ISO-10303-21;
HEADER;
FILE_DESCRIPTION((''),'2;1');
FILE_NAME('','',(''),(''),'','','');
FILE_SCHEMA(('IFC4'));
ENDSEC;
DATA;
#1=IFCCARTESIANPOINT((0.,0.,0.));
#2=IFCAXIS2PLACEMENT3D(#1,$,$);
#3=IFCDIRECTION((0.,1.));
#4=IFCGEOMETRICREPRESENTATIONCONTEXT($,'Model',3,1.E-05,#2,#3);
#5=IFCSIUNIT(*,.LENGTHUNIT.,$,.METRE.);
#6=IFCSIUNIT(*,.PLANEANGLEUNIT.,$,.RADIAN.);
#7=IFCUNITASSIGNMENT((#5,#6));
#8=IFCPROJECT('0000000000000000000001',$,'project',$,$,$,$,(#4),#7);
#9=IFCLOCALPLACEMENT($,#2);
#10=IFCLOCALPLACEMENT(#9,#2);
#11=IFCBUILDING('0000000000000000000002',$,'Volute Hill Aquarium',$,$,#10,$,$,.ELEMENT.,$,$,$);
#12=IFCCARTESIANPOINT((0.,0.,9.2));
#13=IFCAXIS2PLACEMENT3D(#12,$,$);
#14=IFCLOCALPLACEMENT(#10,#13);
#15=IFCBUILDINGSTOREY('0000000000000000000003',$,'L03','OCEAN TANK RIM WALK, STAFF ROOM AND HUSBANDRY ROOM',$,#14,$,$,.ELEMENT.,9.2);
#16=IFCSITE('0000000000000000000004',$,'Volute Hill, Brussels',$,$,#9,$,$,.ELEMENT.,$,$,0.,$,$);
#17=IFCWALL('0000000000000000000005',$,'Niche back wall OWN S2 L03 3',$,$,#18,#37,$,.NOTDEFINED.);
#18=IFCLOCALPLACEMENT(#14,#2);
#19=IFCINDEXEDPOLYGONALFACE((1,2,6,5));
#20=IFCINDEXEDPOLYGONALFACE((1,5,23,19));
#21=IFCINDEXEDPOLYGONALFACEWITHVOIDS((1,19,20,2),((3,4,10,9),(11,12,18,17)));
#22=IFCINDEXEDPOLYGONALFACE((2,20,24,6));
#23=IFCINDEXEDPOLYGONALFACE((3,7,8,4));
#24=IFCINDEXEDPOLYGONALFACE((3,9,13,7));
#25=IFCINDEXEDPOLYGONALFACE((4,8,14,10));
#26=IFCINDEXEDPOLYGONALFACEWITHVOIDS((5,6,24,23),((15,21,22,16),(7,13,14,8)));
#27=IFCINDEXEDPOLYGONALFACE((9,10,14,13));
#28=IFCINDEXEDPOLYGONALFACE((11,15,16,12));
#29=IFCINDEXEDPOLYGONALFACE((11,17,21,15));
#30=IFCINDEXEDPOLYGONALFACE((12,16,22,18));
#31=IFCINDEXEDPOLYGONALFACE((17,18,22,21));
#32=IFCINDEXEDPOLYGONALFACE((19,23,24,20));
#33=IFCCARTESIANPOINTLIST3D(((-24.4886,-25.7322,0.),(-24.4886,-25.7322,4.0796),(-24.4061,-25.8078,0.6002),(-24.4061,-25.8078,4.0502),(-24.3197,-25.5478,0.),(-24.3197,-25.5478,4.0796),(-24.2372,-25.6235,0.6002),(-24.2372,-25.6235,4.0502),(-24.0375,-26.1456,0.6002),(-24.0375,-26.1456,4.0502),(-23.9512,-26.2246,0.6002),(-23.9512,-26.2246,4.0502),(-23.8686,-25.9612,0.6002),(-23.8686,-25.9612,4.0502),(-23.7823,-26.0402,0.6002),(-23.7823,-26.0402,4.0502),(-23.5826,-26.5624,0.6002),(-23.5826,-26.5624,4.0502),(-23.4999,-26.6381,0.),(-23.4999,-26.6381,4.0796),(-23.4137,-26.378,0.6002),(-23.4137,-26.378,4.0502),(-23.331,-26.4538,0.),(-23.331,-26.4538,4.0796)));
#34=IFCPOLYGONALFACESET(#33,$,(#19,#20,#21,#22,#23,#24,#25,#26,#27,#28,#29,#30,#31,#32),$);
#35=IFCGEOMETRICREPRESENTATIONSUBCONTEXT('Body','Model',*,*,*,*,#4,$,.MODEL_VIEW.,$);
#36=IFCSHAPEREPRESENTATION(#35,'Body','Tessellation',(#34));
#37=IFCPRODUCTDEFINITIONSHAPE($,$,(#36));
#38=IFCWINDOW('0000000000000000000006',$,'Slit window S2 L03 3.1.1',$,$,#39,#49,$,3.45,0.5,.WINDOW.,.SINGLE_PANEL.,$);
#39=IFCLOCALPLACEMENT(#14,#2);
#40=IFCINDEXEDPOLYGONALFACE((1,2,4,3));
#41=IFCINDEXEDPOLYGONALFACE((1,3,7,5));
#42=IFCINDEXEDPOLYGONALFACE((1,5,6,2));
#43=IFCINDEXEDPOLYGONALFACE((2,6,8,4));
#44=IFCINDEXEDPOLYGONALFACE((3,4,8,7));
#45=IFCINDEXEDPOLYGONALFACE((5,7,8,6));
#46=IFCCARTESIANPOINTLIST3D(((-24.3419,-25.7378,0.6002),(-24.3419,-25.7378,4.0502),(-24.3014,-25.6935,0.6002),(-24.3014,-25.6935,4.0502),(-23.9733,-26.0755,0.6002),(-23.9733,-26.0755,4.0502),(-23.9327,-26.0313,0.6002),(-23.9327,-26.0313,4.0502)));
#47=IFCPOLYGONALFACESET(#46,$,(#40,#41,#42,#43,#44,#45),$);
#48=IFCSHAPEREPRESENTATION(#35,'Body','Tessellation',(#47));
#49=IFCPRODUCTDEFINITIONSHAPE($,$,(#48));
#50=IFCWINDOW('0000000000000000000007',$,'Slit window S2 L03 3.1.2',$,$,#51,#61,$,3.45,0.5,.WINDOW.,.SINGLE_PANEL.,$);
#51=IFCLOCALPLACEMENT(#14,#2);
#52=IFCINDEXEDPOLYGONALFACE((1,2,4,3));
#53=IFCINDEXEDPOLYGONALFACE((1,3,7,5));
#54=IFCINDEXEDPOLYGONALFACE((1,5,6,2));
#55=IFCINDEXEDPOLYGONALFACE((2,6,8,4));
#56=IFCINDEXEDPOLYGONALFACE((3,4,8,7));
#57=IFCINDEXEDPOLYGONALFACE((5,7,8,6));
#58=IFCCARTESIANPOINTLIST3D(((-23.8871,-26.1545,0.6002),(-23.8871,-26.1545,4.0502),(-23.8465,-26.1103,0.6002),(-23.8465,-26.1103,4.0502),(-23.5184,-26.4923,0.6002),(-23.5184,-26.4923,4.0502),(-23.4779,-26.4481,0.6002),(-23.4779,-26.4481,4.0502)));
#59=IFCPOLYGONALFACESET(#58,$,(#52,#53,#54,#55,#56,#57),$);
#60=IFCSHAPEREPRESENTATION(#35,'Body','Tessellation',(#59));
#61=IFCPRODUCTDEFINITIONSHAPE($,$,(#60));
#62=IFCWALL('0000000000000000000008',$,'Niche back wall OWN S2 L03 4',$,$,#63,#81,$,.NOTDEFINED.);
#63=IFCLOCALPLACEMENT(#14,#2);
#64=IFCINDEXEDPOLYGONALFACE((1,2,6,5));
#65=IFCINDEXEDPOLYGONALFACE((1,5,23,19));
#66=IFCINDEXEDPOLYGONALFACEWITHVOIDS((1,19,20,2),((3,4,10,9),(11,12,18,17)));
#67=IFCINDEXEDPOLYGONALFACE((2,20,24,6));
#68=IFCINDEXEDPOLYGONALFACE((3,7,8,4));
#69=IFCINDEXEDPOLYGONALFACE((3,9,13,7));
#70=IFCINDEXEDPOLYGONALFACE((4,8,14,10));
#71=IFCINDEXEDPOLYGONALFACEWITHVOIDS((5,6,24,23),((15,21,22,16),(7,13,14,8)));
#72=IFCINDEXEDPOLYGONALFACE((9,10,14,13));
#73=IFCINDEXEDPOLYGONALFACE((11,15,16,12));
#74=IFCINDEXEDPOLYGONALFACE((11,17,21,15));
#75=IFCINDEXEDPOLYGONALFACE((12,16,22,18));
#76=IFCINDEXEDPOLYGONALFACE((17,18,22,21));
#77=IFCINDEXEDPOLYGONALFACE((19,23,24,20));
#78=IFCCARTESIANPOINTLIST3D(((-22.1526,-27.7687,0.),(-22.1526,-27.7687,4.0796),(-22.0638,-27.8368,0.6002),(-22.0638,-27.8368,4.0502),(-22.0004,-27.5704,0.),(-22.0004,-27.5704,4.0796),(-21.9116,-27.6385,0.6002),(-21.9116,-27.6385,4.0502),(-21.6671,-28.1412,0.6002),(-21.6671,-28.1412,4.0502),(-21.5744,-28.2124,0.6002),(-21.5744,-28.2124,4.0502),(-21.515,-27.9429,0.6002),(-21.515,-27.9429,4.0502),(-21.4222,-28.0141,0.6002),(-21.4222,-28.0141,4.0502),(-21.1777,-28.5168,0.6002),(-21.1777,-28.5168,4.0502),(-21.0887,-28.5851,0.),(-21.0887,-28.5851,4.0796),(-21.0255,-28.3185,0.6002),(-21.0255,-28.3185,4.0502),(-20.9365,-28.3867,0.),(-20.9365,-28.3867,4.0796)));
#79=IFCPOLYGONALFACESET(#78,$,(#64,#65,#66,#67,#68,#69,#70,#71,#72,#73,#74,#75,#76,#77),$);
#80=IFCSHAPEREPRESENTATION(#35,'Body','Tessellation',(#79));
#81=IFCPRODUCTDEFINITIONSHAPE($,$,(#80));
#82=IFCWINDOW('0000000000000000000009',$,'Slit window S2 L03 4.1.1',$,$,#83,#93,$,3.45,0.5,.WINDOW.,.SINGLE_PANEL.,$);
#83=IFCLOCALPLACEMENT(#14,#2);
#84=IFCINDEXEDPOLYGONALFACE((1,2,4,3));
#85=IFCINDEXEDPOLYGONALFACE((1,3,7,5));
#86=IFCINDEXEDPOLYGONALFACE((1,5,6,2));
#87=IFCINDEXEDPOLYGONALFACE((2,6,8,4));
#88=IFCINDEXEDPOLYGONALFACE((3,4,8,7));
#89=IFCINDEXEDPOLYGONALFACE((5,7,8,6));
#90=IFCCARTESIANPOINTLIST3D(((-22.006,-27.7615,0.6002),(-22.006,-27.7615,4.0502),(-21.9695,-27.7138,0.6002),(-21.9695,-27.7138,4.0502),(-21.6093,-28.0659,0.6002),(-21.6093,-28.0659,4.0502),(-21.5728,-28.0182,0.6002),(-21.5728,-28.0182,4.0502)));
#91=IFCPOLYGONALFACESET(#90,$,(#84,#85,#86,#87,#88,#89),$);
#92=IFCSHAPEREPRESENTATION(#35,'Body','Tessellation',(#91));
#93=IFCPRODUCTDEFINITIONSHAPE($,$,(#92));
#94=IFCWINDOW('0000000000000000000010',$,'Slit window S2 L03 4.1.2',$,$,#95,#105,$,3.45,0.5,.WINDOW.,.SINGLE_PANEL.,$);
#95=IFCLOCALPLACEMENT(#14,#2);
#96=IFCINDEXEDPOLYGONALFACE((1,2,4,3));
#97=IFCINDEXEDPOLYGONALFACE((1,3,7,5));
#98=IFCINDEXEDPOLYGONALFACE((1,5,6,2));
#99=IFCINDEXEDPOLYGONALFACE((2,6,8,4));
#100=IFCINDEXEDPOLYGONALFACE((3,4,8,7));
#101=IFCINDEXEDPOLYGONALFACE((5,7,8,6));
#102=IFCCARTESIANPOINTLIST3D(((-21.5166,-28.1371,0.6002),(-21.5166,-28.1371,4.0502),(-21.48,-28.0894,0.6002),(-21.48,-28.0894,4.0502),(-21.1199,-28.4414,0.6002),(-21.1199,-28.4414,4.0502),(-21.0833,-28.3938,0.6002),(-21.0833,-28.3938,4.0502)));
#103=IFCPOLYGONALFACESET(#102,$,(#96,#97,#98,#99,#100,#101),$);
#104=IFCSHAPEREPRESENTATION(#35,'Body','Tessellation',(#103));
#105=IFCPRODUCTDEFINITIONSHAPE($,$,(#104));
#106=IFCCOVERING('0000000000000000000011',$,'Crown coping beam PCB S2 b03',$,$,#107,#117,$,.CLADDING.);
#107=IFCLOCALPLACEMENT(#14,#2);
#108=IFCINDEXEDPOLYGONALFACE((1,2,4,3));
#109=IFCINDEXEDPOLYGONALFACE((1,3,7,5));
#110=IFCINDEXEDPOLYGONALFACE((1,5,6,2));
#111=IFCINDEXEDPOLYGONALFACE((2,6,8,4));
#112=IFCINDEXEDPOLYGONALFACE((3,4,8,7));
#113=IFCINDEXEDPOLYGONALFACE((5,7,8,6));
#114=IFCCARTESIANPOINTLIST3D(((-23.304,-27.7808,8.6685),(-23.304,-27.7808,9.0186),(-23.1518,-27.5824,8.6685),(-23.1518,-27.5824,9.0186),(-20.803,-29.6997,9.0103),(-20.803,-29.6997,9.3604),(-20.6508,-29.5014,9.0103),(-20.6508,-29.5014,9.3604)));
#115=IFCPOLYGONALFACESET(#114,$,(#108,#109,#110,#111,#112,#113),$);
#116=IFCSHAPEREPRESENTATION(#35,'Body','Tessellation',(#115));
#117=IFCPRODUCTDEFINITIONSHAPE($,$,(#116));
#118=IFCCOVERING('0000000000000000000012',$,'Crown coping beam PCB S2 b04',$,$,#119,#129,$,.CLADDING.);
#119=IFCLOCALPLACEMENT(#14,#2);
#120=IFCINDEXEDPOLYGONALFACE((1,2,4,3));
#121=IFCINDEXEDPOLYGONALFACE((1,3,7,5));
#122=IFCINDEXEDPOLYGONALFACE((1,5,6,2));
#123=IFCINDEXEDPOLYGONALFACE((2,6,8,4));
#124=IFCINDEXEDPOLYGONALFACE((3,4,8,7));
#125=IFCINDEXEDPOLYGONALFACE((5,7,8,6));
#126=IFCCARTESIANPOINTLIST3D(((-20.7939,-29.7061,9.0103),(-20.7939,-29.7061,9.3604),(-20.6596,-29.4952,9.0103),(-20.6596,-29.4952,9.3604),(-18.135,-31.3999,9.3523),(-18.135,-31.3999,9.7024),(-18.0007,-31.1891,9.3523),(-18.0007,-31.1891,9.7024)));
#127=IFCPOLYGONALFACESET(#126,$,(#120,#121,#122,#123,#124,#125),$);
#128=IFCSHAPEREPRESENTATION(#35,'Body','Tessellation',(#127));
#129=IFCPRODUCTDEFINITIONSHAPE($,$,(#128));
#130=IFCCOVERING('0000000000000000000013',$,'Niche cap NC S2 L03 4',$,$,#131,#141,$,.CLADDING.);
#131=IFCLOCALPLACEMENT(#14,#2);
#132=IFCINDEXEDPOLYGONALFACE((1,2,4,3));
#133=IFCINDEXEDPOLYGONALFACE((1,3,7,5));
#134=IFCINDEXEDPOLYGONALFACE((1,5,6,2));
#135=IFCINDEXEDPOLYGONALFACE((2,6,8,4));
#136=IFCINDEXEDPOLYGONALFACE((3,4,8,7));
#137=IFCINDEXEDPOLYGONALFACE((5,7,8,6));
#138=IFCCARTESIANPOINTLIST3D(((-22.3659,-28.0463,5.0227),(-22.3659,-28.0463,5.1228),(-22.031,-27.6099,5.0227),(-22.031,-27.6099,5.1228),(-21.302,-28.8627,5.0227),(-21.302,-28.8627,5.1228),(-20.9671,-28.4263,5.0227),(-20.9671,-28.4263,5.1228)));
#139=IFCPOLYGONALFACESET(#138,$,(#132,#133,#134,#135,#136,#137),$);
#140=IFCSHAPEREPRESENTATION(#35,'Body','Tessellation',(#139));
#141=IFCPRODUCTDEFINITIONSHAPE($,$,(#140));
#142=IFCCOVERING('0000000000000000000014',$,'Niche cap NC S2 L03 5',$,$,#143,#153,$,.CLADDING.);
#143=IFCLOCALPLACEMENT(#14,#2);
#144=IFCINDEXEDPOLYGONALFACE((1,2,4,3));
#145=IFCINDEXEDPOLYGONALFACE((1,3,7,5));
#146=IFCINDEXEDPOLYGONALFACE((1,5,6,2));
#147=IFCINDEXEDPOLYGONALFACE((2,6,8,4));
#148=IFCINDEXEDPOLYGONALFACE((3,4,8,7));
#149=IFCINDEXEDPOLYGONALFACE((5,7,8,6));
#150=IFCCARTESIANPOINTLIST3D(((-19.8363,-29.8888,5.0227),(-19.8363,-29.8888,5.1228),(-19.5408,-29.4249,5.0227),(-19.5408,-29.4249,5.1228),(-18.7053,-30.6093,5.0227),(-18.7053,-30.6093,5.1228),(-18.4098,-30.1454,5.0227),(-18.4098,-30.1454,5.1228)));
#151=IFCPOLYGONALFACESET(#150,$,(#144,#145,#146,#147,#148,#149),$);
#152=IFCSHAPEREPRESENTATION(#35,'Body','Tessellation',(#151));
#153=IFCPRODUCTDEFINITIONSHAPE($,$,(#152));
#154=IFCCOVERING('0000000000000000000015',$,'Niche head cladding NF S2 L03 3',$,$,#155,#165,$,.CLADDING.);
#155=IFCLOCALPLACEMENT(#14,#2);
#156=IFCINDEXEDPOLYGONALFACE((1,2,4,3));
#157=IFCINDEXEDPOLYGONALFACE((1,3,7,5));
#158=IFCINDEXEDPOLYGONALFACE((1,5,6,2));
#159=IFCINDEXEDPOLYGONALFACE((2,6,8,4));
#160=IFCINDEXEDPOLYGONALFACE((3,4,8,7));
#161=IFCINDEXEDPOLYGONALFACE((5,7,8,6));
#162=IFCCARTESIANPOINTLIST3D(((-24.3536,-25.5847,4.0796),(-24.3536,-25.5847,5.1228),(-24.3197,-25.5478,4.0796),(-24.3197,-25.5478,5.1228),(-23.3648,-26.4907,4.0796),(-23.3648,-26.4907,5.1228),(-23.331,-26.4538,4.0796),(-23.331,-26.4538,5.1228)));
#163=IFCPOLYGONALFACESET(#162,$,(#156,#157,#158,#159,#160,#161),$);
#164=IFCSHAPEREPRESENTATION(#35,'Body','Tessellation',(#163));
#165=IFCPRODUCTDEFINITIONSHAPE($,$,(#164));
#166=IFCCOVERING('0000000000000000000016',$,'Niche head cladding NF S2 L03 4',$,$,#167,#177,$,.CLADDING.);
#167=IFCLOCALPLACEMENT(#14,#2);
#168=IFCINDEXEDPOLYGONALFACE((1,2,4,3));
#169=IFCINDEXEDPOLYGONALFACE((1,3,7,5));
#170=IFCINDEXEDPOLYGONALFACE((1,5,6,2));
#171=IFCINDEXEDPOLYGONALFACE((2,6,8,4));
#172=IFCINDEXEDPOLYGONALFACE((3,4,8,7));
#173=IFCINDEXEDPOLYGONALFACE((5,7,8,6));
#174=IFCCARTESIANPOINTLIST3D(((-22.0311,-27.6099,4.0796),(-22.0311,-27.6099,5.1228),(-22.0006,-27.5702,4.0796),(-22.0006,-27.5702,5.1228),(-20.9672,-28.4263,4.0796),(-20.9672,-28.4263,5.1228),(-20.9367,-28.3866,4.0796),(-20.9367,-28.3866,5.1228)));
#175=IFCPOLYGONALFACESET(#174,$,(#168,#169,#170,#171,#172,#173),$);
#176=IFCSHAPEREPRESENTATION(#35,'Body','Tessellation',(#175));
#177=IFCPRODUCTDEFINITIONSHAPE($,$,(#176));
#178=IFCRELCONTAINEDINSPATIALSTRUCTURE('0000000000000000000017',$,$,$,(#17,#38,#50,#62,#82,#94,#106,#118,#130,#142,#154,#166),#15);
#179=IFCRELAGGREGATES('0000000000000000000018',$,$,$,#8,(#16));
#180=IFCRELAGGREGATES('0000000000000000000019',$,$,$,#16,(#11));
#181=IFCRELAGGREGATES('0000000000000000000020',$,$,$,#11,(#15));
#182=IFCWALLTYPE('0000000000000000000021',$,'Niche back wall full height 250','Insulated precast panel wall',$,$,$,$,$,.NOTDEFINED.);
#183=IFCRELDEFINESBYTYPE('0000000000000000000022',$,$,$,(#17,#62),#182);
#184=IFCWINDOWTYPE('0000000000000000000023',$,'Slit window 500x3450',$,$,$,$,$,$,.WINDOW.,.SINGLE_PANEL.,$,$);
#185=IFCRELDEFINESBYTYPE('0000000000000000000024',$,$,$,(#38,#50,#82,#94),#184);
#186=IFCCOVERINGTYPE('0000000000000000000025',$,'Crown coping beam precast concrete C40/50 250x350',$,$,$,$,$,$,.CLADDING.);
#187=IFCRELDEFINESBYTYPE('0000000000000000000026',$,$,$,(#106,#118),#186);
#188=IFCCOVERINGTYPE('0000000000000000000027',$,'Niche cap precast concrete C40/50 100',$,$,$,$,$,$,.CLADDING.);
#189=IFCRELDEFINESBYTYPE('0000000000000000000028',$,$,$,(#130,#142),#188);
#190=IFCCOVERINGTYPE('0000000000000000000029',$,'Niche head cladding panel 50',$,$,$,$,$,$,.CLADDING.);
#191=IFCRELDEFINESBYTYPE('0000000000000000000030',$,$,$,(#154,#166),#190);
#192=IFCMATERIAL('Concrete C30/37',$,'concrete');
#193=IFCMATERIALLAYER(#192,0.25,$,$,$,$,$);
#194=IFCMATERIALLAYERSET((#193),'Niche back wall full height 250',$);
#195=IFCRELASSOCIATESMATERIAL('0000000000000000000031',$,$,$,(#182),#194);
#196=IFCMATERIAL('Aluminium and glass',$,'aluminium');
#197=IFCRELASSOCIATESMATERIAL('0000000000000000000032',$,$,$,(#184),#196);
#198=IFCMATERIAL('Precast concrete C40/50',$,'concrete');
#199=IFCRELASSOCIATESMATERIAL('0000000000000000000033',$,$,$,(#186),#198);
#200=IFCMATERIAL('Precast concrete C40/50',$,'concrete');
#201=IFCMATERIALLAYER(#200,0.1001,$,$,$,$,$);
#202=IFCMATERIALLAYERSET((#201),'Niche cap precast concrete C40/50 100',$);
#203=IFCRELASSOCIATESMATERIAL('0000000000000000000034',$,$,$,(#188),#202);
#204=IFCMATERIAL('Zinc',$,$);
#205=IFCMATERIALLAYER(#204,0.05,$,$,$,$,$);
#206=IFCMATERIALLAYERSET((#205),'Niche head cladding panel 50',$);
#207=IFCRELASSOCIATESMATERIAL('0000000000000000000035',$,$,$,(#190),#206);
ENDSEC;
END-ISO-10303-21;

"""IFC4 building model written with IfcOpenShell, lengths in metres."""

from ifc_helpers import new_model, si_unit, direction, frame, frame_2d, origin, origin_2d, place, context, subcontext, project, spatial, polyline, rectangle, outline, extrude, material, layer, layer_set, type_object, element, fill, save


model = new_model("IFC4")

# Units and contexts
model_context = context("Model", 3, precision=1e-05, world=origin(), true_north=direction((0.0, 1.0)))
body_context = subcontext(model_context, "Body", "Model", "MODEL_VIEW")
ifc_project = project(units=[si_unit("LENGTHUNIT", "METRE"), si_unit("PLANEANGLEUNIT", "RADIAN")], contexts=[model_context])

# Site, building, storey
site_placement = place(None, origin())
site = spatial("IfcSite", under=ifc_project, at=site_placement, Name="Volute Hill, Brussels", CompositionType="ELEMENT", RefElevation=0.0)
building_placement = place(site_placement, origin())
building = spatial("IfcBuilding", under=site, at=building_placement, Name="Volute Hill Aquarium", CompositionType="ELEMENT")
storey_placement = place(building_placement, frame((0.0, 0.0, 9.2)))
storey = spatial("IfcBuildingStorey", under=building, at=storey_placement, Name="L03", Description="OCEAN TANK RIM WALK, STAFF ROOM AND HUSBANDRY ROOM", CompositionType="ELEMENT", Elevation=9.2)

# Walls, openings, windows
ifc_material_1 = material(Name="Concrete C30/37", Category="concrete")
ifc_layer_1 = layer(ifc_material_1, 0.25)
ifc_layer_set_1 = layer_set([ifc_layer_1], Name="Niche back wall full height 250")
wall_type = type_object("IfcWallType", Name="Niche back wall full height 250", Description="Insulated precast panel wall", PredefinedType="NOTDEFINED", material=ifc_layer_set_1)
wall_1_placement = place(storey_placement, frame((-23.4155, -26.5459, 0.0), z_axis=(0.0, 0.0, 1.0), x_axis=(-0.73729, 0.675576, 0.0)))
wall_1 = element("IfcWall", 1, at=wall_1_placement, inside=storey, type_object=wall_type, Name="Niche back wall OWN S2 L03 3", PredefinedType="NOTDEFINED", context=body_context, shape_type="SweptSolid", body=[
    extrude(rectangle(XDim=1.3411, YDim=0.25, at=frame_2d((0.6704, 0.0))), origin(), (0.0, 0.0, 1.0), 4.0796),
])
opening_1_placement = place(wall_1_placement, frame((0.729, 0.0, 0.6001)))
opening_1 = element("IfcOpeningElement", 2, at=opening_1_placement, cuts=wall_1, PredefinedType="OPENING", context=body_context, shape_type="SweptSolid", body=[
    extrude(rectangle(XDim=0.5, YDim=3.45, at=frame_2d((0.25, 1.7251))), frame((0.0, 0.135, 0.0), z_axis=(0.0, -1.0, 0.0), x_axis=(1.0, 0.0, 0.0)), (0.0, 0.0, 1.0), 0.27),
])
opening_2_placement = place(wall_1_placement, frame((0.1121, 0.0, 0.6001)))
opening_2 = element("IfcOpeningElement", 3, at=opening_2_placement, cuts=wall_1, PredefinedType="OPENING", context=body_context, shape_type="SweptSolid", body=[
    extrude(rectangle(XDim=0.5, YDim=3.45, at=frame_2d((0.25, 1.7251))), frame((0.0, 0.135, 0.0), z_axis=(0.0, -1.0, 0.0), x_axis=(1.0, 0.0, 0.0)), (0.0, 0.0, 1.0), 0.27),
])
ifc_material_2 = material(Name="Aluminium and glass", Category="aluminium")
window_type = type_object("IfcWindowType", Name="Slit window 500x3450", PartitioningType="SINGLE_PANEL", PredefinedType="WINDOW", material=ifc_material_2)
window_1_placement = place(opening_1_placement, origin())
window_1 = element("IfcWindow", 4, at=window_1_placement, inside=storey, type_object=window_type, Name="Slit window S2 L03 3.1.1", OverallHeight=3.45, OverallWidth=0.5, PartitioningType="SINGLE_PANEL", PredefinedType="WINDOW", context=body_context, shape_type="SweptSolid", body=[
    extrude(rectangle(XDim=0.5, YDim=3.45, at=frame_2d((0.25, 1.7251))), frame((0.0, 0.03, 0.0), z_axis=(0.0, -1.0, 0.0), x_axis=(1.0, 0.0, 0.0)), (0.0, 0.0, 1.0), 0.0601),
])
fill(opening_1, window_1)
window_2_placement = place(opening_2_placement, origin())
window_2 = element("IfcWindow", 5, at=window_2_placement, inside=storey, type_object=window_type, Name="Slit window S2 L03 3.1.2", OverallHeight=3.45, OverallWidth=0.5, PartitioningType="SINGLE_PANEL", PredefinedType="WINDOW", context=body_context, shape_type="SweptSolid", body=[
    extrude(rectangle(XDim=0.5, YDim=3.45, at=frame_2d((0.25, 1.7251))), frame((0.0, 0.03, 0.0), z_axis=(0.0, -1.0, 0.0), x_axis=(1.0, 0.0, 0.0)), (0.0, 0.0, 1.0), 0.0601),
])
fill(opening_2, window_2)
wall_2_placement = place(storey_placement, frame((-21.0127, -28.4858, 0.0), z_axis=(0.0, 0.0, 1.0), x_axis=(-0.793354, 0.60876, 0.0)))
wall_2 = element("IfcWall", 6, at=wall_2_placement, inside=storey, type_object=wall_type, Name="Niche back wall OWN S2 L03 4", PredefinedType="NOTDEFINED", context=body_context, shape_type="SweptSolid", body=[
    extrude(rectangle(XDim=1.3411, YDim=0.25, at=frame_2d((0.6704, 0.0))), origin(), (0.0, 0.0, 1.0), 4.0796),
])
opening_3_placement = place(wall_2_placement, frame((0.729, 0.0, 0.6001)))
opening_3 = element("IfcOpeningElement", 7, at=opening_3_placement, cuts=wall_2, PredefinedType="OPENING", context=body_context, shape_type="SweptSolid", body=[
    extrude(rectangle(XDim=0.5, YDim=3.45, at=frame_2d((0.25, 1.7251))), frame((0.0, 0.135, 0.0), z_axis=(0.0, -1.0, 0.0), x_axis=(1.0, 0.0, 0.0)), (0.0, 0.0, 1.0), 0.27),
])
opening_4_placement = place(wall_2_placement, frame((0.1121, 0.0, 0.6001)))
opening_4 = element("IfcOpeningElement", 8, at=opening_4_placement, cuts=wall_2, PredefinedType="OPENING", context=body_context, shape_type="SweptSolid", body=[
    extrude(rectangle(XDim=0.5, YDim=3.45, at=frame_2d((0.25, 1.7251))), frame((0.0, 0.135, 0.0), z_axis=(0.0, -1.0, 0.0), x_axis=(1.0, 0.0, 0.0)), (0.0, 0.0, 1.0), 0.27),
])
window_3_placement = place(opening_3_placement, origin())
window_3 = element("IfcWindow", 9, at=window_3_placement, inside=storey, type_object=window_type, Name="Slit window S2 L03 4.1.1", OverallHeight=3.45, OverallWidth=0.5, PartitioningType="SINGLE_PANEL", PredefinedType="WINDOW", context=body_context, shape_type="SweptSolid", body=[
    extrude(rectangle(XDim=0.5, YDim=3.45, at=frame_2d((0.25, 1.7251))), frame((0.0, 0.03, 0.0), z_axis=(0.0, -1.0, 0.0), x_axis=(1.0, 0.0, 0.0)), (0.0, 0.0, 1.0), 0.0601),
])
fill(opening_3, window_3)
window_4_placement = place(opening_4_placement, origin())
window_4 = element("IfcWindow", 10, at=window_4_placement, inside=storey, type_object=window_type, Name="Slit window S2 L03 4.1.2", OverallHeight=3.45, OverallWidth=0.5, PartitioningType="SINGLE_PANEL", PredefinedType="WINDOW", context=body_context, shape_type="SweptSolid", body=[
    extrude(rectangle(XDim=0.5, YDim=3.45, at=frame_2d((0.25, 1.7251))), frame((0.0, 0.03, 0.0), z_axis=(0.0, -1.0, 0.0), x_axis=(1.0, 0.0, 0.0)), (0.0, 0.0, 1.0), 0.0601),
])
fill(opening_4, window_4)

# Coverings
ifc_material_3 = material(Name="Precast concrete C40/50", Category="concrete")
covering_type_1 = type_object("IfcCoveringType", Name="Crown coping beam precast concrete C40/50 250x350", PredefinedType="CLADDING", material=ifc_material_3)
covering_1_placement = place(storey_placement, frame((-23.304, -27.7808, 8.6685), z_axis=(-0.608737, -0.793372, 0.0), x_axis=(0.788749, -0.60519, 0.107795)))
element("IfcCovering", 11, at=covering_1_placement, inside=storey, type_object=covering_type_1, Name="Crown coping beam PCB S2 b03", PredefinedType="CLADDING", context=body_context, shape_type="SweptSolid", body=[
    extrude(outline(polyline([(0.0, 0.0), (3.1708, 0.0), (3.2086, 0.3481), (0.0377, 0.3481), (0.0, 0.0)])), origin(), (0.0, 0.0, -1.0), 0.25),
])
covering_2_placement = place(storey_placement, frame((-20.7939, -29.7061, 9.0103), z_axis=(-0.537281, -0.843403, 0.0), x_axis=(0.838483, -0.534147, 0.107861)))
element("IfcCovering", 12, at=covering_2_placement, inside=storey, type_object=covering_type_1, Name="Crown coping beam PCB S2 b04", PredefinedType="CLADDING", context=body_context, shape_type="SweptSolid", body=[
    extrude(outline(polyline([(0.0, 0.0), (3.1711, 0.0), (3.2089, 0.3481), (0.0378, 0.3481), (0.0, 0.0)])), origin(), (0.0, 0.0, -1.0), 0.25),
])
ifc_material_4 = material(Name="Precast concrete C40/50", Category="concrete")
ifc_layer_2 = layer(ifc_material_4, 0.1001)
ifc_layer_set_2 = layer_set([ifc_layer_2], Name="Niche cap precast concrete C40/50 100")
covering_type_2 = type_object("IfcCoveringType", Name="Niche cap precast concrete C40/50 100", PredefinedType="CLADDING", material=ifc_layer_set_2)
for number, where, z_axis, x_axis, name in (
    (13, (-21.6665, -28.2363, 5.0227), (0.0, 0.0, 1.0), (0.793353, -0.608762, 0.0), "Niche cap NC S2 L03 4"),
    (14, (-19.123, -30.0171, 5.0227), (0.0, 0.0, 1.0), (0.843399, -0.537288, 0.0), "Niche cap NC S2 L03 5"),
):
    element("IfcCovering", number, at=place(storey_placement, frame(where, z_axis=z_axis, x_axis=x_axis)), inside=storey, type_object=covering_type_2, Name=name, PredefinedType="CLADDING", context=body_context, shape_type="SweptSolid", body=[
        extrude(rectangle(XDim=1.3411, YDim=0.55, at=origin_2d()), origin(), (0.0, 0.0, 1.0), 0.1001),
    ])
ifc_material_5 = material(Name="Zinc")
ifc_layer_3 = layer(ifc_material_5, 0.05)
ifc_layer_set_3 = layer_set([ifc_layer_3], Name="Niche head cladding panel 50")
covering_type_3 = type_object("IfcCoveringType", Name="Niche head cladding panel 50", PredefinedType="CLADDING", material=ifc_layer_set_3)
for number, where, z_axis, x_axis, name in (
    (15, (-23.8423, -26.0193, 4.0796), (0.0, 0.0, 1.0), (0.737279, -0.675588, 0.0), "Niche head cladding NF S2 L03 3"),
    (16, (-21.4839, -27.9983, 4.0796), (0.0, 0.0, 1.0), (0.793353, -0.608762, 0.0), "Niche head cladding NF S2 L03 4"),
):
    element("IfcCovering", number, at=place(storey_placement, frame(where, z_axis=z_axis, x_axis=x_axis)), inside=storey, type_object=covering_type_3, Name=name, PredefinedType="CLADDING", context=body_context, shape_type="SweptSolid", body=[
        extrude(rectangle(XDim=1.3411, YDim=0.05, at=origin_2d()), origin(), (0.0, 0.0, 1.0), 1.0432),
    ])

save(model, "model.ifc")
